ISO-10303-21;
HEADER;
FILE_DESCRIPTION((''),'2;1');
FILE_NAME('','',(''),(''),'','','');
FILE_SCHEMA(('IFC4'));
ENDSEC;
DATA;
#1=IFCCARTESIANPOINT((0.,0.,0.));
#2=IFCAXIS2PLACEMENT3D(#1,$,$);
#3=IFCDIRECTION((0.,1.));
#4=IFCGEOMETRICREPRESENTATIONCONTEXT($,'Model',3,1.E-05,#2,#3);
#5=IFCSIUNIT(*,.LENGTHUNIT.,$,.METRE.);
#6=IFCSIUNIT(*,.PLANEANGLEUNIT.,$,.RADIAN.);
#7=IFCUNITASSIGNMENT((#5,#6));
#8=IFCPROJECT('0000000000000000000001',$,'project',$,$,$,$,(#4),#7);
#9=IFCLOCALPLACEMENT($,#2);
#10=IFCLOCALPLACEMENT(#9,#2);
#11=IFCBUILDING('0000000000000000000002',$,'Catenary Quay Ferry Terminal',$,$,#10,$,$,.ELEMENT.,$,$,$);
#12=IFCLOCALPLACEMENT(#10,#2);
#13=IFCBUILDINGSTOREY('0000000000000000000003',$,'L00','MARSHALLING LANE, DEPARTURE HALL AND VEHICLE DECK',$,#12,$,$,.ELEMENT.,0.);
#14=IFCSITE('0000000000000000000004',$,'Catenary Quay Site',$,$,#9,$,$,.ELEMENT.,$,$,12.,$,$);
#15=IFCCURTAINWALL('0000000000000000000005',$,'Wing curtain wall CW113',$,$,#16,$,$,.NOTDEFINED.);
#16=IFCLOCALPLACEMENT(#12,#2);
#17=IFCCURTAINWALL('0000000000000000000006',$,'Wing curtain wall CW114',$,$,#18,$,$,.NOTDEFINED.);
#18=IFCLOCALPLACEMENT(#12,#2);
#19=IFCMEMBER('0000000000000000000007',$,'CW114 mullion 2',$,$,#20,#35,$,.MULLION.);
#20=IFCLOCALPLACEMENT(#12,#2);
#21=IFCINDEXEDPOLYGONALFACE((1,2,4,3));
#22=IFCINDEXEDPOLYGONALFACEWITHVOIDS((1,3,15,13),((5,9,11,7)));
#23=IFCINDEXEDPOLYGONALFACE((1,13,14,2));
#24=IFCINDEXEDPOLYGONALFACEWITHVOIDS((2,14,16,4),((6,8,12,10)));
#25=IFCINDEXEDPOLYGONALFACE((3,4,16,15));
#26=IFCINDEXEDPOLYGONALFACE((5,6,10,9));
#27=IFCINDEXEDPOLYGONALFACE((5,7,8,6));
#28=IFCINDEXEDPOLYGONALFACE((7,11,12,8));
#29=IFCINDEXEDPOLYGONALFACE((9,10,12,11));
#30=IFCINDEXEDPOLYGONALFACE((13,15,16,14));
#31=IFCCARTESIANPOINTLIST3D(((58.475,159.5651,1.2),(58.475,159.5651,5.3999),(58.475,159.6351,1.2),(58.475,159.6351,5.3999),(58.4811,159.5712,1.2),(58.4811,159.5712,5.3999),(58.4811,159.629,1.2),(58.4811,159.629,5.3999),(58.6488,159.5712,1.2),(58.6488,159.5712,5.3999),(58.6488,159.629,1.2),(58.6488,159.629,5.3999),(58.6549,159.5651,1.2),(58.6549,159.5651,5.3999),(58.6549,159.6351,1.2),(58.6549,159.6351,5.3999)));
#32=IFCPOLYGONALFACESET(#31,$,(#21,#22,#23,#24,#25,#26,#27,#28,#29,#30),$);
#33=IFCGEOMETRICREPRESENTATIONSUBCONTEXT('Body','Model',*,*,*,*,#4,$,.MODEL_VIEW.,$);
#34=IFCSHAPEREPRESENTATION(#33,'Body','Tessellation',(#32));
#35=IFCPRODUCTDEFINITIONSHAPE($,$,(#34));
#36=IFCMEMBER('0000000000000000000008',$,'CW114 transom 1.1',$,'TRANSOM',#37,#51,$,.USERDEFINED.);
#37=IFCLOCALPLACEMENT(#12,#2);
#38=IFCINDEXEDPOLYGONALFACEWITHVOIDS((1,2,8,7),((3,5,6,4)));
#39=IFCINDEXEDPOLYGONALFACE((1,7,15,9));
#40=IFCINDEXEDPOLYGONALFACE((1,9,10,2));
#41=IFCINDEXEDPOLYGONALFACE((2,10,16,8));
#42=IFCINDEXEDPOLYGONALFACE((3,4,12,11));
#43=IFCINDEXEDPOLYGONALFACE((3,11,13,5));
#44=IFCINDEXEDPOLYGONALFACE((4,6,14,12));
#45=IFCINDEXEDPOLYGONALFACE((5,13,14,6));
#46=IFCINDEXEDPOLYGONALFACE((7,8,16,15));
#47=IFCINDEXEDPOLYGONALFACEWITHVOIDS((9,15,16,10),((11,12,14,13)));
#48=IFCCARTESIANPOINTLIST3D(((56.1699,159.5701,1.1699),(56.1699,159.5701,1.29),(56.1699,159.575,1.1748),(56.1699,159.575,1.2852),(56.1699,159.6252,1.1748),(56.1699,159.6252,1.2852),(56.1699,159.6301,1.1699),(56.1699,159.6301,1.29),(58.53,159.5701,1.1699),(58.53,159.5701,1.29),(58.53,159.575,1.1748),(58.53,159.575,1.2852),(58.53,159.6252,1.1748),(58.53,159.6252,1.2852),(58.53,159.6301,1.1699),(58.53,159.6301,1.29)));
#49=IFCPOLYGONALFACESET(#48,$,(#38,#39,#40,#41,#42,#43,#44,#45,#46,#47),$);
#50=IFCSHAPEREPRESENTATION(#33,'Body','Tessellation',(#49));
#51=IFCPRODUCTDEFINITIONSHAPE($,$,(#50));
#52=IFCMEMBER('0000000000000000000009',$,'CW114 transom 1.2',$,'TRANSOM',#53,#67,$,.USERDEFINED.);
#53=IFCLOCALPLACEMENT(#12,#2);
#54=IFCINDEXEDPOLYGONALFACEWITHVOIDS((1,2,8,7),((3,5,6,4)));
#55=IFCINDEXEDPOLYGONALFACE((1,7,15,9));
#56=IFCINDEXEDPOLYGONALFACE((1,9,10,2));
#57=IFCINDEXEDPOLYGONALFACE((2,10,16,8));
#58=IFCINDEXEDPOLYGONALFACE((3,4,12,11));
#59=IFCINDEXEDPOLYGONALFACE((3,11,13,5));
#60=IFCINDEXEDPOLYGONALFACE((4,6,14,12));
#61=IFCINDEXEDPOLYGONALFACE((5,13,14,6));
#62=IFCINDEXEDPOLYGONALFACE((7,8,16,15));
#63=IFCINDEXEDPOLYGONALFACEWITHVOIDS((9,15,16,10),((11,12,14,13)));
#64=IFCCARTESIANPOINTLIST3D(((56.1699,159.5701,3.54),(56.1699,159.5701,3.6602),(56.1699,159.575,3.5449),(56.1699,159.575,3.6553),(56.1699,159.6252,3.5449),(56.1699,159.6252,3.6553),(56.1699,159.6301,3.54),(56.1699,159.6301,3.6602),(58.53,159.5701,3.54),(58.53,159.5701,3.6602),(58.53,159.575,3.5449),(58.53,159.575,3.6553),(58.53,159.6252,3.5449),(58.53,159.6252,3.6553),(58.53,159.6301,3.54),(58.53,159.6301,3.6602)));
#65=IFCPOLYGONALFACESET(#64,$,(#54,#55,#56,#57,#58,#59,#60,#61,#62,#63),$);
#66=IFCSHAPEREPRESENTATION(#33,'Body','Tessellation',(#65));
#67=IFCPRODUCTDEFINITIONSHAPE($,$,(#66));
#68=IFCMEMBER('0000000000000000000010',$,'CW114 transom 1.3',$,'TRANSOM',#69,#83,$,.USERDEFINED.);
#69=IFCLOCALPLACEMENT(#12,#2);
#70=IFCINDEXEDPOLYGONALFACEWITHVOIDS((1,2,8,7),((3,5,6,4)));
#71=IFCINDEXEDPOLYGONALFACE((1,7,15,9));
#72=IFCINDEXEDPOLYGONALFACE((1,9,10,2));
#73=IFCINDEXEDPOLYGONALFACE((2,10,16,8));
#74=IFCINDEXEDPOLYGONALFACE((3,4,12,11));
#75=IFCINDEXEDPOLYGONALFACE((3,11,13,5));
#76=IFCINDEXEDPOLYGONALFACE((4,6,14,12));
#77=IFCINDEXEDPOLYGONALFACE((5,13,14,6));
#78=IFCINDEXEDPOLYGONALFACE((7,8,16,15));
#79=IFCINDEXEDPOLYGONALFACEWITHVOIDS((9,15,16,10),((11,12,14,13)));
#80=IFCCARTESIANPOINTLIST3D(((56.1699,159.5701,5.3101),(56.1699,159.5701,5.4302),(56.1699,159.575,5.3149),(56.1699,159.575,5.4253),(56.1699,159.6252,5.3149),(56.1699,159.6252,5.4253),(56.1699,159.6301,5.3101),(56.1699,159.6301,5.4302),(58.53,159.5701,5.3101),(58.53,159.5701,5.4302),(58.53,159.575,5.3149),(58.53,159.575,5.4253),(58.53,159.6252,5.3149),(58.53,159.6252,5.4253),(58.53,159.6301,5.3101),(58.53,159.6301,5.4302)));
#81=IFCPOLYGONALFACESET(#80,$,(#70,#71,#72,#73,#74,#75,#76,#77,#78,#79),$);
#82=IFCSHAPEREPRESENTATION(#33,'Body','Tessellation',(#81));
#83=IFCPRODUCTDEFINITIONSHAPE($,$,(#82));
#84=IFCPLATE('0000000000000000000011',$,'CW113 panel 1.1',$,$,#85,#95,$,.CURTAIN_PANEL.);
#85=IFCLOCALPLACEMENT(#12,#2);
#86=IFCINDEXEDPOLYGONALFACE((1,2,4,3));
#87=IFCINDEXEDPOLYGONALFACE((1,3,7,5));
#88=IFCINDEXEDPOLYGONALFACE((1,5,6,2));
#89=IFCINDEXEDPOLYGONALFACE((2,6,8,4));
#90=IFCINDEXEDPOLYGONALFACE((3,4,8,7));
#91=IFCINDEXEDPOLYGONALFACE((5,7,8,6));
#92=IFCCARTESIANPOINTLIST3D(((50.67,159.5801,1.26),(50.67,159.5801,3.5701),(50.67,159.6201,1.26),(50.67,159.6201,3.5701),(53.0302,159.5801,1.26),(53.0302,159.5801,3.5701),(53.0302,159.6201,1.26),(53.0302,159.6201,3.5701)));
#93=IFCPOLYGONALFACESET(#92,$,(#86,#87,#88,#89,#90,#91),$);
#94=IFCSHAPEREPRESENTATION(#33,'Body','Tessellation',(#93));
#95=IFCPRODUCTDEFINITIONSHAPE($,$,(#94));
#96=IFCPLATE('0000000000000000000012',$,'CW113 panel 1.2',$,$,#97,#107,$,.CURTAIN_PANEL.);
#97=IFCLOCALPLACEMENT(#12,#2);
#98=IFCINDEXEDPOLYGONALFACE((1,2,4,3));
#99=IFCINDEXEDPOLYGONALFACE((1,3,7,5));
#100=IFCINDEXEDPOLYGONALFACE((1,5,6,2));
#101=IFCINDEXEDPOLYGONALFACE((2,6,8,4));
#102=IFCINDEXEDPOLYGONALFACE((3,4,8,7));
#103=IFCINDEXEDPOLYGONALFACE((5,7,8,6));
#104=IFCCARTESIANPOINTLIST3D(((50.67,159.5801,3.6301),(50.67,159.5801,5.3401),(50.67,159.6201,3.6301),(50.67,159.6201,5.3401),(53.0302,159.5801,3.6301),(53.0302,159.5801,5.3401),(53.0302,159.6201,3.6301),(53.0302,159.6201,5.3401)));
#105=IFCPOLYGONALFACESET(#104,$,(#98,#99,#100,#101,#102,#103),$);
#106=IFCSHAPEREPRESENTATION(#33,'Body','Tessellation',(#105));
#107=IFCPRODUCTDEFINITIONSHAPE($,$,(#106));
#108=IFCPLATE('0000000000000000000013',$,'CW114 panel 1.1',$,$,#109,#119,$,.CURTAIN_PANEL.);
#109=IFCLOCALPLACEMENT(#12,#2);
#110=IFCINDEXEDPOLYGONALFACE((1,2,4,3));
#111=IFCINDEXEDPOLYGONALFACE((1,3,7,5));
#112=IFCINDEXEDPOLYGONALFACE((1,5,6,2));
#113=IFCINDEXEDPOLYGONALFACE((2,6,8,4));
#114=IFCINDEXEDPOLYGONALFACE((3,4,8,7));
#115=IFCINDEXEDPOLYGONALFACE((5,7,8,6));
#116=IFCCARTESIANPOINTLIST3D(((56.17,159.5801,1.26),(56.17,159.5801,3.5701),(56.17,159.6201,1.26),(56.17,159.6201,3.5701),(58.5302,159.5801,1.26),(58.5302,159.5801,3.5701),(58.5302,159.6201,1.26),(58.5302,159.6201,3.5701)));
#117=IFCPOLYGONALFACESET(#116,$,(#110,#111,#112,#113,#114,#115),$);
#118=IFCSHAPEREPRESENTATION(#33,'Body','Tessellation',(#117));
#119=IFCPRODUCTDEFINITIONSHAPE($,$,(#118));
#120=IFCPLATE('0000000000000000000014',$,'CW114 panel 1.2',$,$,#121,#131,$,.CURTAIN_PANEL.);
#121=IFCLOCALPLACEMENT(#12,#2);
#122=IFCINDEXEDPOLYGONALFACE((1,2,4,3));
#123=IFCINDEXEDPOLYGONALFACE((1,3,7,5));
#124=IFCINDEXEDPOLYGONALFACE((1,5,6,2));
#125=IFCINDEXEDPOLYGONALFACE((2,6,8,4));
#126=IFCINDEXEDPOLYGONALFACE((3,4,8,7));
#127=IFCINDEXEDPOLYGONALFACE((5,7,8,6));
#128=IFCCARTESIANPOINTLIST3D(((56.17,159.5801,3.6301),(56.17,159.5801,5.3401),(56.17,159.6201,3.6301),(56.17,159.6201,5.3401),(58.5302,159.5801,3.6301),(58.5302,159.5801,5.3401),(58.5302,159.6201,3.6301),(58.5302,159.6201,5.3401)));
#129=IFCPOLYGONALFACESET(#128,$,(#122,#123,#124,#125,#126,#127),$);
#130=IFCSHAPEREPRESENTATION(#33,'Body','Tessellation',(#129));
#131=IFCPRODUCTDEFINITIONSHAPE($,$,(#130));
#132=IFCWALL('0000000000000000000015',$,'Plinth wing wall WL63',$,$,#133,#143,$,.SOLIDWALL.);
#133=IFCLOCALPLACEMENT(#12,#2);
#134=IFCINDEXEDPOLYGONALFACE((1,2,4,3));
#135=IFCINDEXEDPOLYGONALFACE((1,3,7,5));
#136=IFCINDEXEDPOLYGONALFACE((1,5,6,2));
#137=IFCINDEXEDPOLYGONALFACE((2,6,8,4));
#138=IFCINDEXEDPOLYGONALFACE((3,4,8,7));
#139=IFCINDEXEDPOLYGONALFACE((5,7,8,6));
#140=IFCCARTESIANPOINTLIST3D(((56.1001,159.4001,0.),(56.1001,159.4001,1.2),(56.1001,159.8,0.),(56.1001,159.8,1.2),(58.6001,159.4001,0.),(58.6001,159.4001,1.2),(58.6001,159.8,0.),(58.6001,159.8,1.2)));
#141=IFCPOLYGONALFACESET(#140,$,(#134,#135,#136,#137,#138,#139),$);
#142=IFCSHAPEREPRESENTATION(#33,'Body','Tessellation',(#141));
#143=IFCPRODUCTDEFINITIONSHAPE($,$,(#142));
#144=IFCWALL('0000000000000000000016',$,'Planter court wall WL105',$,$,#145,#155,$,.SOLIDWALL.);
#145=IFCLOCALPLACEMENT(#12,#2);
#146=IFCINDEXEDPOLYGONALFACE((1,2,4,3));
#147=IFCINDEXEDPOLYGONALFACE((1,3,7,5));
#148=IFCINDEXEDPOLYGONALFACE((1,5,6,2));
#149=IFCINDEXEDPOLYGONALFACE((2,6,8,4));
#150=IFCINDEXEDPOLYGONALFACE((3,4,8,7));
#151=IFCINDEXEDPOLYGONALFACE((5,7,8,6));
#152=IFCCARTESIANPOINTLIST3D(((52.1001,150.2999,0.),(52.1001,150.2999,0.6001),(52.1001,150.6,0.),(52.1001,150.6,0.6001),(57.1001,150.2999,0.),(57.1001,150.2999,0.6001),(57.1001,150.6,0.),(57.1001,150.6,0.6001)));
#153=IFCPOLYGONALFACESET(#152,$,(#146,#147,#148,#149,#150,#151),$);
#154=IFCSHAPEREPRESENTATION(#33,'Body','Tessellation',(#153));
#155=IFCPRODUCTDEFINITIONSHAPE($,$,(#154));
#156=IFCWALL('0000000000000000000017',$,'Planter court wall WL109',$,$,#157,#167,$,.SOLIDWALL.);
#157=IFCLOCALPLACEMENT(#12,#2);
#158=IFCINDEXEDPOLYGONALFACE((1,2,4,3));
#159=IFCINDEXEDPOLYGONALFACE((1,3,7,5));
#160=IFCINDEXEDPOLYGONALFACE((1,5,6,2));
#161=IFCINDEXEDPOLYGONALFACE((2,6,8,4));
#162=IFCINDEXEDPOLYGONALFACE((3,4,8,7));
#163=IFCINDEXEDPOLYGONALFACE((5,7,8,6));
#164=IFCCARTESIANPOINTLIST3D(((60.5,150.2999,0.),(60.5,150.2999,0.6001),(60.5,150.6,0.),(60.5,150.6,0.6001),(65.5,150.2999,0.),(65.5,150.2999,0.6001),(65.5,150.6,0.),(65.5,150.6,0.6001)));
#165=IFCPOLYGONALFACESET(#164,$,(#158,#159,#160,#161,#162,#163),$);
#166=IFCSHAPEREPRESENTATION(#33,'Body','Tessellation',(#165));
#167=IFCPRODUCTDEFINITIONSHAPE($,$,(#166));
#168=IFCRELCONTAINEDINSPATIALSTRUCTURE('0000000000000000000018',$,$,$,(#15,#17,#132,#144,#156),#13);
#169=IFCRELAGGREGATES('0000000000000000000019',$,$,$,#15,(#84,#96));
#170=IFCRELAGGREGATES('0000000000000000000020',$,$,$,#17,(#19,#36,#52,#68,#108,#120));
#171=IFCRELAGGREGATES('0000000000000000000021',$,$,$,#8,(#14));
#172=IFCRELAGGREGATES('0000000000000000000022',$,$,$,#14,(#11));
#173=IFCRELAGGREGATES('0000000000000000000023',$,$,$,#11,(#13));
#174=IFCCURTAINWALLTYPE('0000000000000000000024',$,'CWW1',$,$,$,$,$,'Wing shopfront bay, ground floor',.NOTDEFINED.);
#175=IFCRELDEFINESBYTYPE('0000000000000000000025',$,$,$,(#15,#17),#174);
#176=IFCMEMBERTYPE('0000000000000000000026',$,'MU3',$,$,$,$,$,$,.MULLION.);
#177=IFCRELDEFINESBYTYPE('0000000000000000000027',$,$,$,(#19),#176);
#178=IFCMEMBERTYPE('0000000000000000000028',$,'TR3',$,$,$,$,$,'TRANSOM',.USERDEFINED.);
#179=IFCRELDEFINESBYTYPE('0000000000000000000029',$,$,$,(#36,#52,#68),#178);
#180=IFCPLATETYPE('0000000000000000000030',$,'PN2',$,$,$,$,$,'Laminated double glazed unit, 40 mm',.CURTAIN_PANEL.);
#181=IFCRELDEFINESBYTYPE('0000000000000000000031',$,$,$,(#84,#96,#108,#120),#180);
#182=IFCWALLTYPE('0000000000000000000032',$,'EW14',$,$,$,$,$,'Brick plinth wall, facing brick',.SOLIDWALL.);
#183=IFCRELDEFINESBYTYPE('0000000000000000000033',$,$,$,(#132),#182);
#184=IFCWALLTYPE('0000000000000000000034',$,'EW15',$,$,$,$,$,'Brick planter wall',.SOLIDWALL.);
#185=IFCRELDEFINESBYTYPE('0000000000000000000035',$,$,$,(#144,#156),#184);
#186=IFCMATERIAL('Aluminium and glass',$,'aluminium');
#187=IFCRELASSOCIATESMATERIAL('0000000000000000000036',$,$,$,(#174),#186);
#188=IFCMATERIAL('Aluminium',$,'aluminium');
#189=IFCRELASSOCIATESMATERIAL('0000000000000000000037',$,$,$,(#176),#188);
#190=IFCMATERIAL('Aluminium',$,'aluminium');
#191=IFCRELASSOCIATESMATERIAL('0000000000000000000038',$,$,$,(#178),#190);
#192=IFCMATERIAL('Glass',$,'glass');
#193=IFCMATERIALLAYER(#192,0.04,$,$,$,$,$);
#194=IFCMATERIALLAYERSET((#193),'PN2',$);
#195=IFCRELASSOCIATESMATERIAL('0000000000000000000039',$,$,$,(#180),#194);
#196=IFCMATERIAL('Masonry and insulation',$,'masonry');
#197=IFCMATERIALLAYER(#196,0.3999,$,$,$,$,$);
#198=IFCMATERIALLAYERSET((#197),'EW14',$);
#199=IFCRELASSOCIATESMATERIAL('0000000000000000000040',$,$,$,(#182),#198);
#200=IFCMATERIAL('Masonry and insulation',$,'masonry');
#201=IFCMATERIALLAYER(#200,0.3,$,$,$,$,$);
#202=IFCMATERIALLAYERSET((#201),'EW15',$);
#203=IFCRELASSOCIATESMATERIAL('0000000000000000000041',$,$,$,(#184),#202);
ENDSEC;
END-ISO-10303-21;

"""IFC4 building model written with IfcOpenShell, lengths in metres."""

from ifc_helpers import new_model, si_unit, direction, frame, frame_2d, origin, origin_2d, place, context, subcontext, project, spatial, rectangle, hollow_rectangle, extrude, material, layer, layer_set, material_profile, profile_set, type_object, element, aggregate, save


model = new_model("IFC4")

# Units and contexts
model_context = context("Model", 3, precision=1e-05, world=origin(), true_north=direction((0.0, 1.0)))
body_context = subcontext(model_context, "Body", "Model", "MODEL_VIEW")
ifc_project = project(units=[si_unit("LENGTHUNIT", "METRE"), si_unit("PLANEANGLEUNIT", "RADIAN")], contexts=[model_context])

# Site, building, storey
site_placement = place(None, origin())
site = spatial("IfcSite", under=ifc_project, at=site_placement, Name="Catenary Quay Site", CompositionType="ELEMENT", RefElevation=12.0)
building_placement = place(site_placement, origin())
building = spatial("IfcBuilding", under=site, at=building_placement, Name="Catenary Quay Ferry Terminal", CompositionType="ELEMENT")
storey_placement = place(building_placement, origin())
storey = spatial("IfcBuildingStorey", under=building, at=storey_placement, Name="L00", Description="MARSHALLING LANE, DEPARTURE HALL AND VEHICLE DECK", CompositionType="ELEMENT", Elevation=0.0)

# Curtain wall
ifc_material_1 = material(Name="Aluminium and glass", Category="aluminium")
curtain_wall_type = type_object("IfcCurtainWallType", Name="CWW1", ElementType="Wing shopfront bay, ground floor", PredefinedType="NOTDEFINED", material=ifc_material_1)
curtain_wall_1_placement = place(storey_placement, origin())
curtain_wall_1 = element("IfcCurtainWall", 1, at=curtain_wall_1_placement, inside=storey, type_object=curtain_wall_type, Name="Wing curtain wall CW113", PredefinedType="NOTDEFINED")
ifc_material_2 = material(Name="Aluminium", Category="aluminium")
ifc_material_profile_1 = material_profile(ifc_material_2, hollow_rectangle(XDim=0.0701, YDim=0.1799, WallThickness=0.0061, at=origin_2d()), Name="MU3")
ifc_profile_set_1 = profile_set([ifc_material_profile_1], Name="Aluminium")
member_type_1 = type_object("IfcMemberType", Name="MU3", PredefinedType="MULLION", material=ifc_profile_set_1)

# Curtain wall, members
curtain_wall_2_placement = place(storey_placement, origin())
curtain_wall_2 = element("IfcCurtainWall", 2, at=curtain_wall_2_placement, inside=storey, type_object=curtain_wall_type, Name="Wing curtain wall CW114", PredefinedType="NOTDEFINED")
member_1_placement = place(storey_placement, frame((58.5649, 159.6001, 1.2), z_axis=(0.0, 0.0, 1.0), x_axis=(0.0, 1.0, 0.0)))
member_1 = element("IfcMember", 3, at=member_1_placement, type_object=member_type_1, Name="CW114 mullion 2", PredefinedType="MULLION", context=body_context, shape_type="SweptSolid", body=[
    extrude(hollow_rectangle(XDim=0.0701, YDim=0.1799, WallThickness=0.0061, at=origin_2d()), origin(), (0.0, 0.0, 1.0), 4.2),
])
ifc_material_3 = material(Name="Aluminium", Category="aluminium")
ifc_material_profile_2 = material_profile(ifc_material_3, hollow_rectangle(XDim=0.0601, YDim=0.1201, WallThickness=0.0049, at=origin_2d()), Name="TR3")
ifc_profile_set_2 = profile_set([ifc_material_profile_2], Name="Aluminium")
member_type_2 = type_object("IfcMemberType", Name="TR3", ElementType="TRANSOM", PredefinedType="USERDEFINED", material=ifc_profile_set_2)
member_2_placement = place(storey_placement, frame((56.1699, 159.6001, 1.23), z_axis=(1.0, 0.0, 0.0), x_axis=(0.0, 1.0, 0.0)))
member_2 = element("IfcMember", 4, at=member_2_placement, type_object=member_type_2, Name="CW114 transom 1.1", ObjectType="TRANSOM", PredefinedType="USERDEFINED", context=body_context, shape_type="SweptSolid", body=[
    extrude(hollow_rectangle(XDim=0.0601, YDim=0.1201, WallThickness=0.0049, at=origin_2d()), origin(), (0.0, 0.0, 1.0), 2.3601),
])
member_3_placement = place(storey_placement, frame((56.1699, 159.6001, 3.6001), z_axis=(1.0, 0.0, 0.0), x_axis=(0.0, 1.0, 0.0)))
member_3 = element("IfcMember", 5, at=member_3_placement, type_object=member_type_2, Name="CW114 transom 1.2", ObjectType="TRANSOM", PredefinedType="USERDEFINED", context=body_context, shape_type="SweptSolid", body=[
    extrude(hollow_rectangle(XDim=0.0601, YDim=0.1201, WallThickness=0.0049, at=origin_2d()), origin(), (0.0, 0.0, 1.0), 2.3601),
])
member_4_placement = place(storey_placement, frame((56.1699, 159.6001, 5.3701), z_axis=(1.0, 0.0, 0.0), x_axis=(0.0, 1.0, 0.0)))
member_4 = element("IfcMember", 6, at=member_4_placement, type_object=member_type_2, Name="CW114 transom 1.3", ObjectType="TRANSOM", PredefinedType="USERDEFINED", context=body_context, shape_type="SweptSolid", body=[
    extrude(hollow_rectangle(XDim=0.0601, YDim=0.1201, WallThickness=0.0049, at=origin_2d()), origin(), (0.0, 0.0, 1.0), 2.3601),
])

# Plates
ifc_material_4 = material(Name="Glass", Category="glass")
ifc_layer_1 = layer(ifc_material_4, 0.04)
ifc_layer_set_1 = layer_set([ifc_layer_1], Name="PN2")
plate_type = type_object("IfcPlateType", Name="PN2", ElementType="Laminated double glazed unit, 40 mm", PredefinedType="CURTAIN_PANEL", material=ifc_layer_set_1)
plate_1_placement = place(storey_placement, frame((51.8501, 159.6001, 1.26), z_axis=(0.0, 0.0, 1.0), x_axis=(1.0, 0.0, 0.0)))
plate_1 = element("IfcPlate", 7, at=plate_1_placement, type_object=plate_type, Name="CW113 panel 1.1", PredefinedType="CURTAIN_PANEL", context=body_context, shape_type="SweptSolid", body=[
    extrude(rectangle(XDim=2.3601, YDim=0.04, at=origin_2d()), origin(), (0.0, 0.0, 1.0), 2.3101),
])
plate_2_placement = place(storey_placement, frame((51.8501, 159.6001, 3.6301), z_axis=(0.0, 0.0, 1.0), x_axis=(1.0, 0.0, 0.0)))
plate_2 = element("IfcPlate", 8, at=plate_2_placement, type_object=plate_type, Name="CW113 panel 1.2", PredefinedType="CURTAIN_PANEL", context=body_context, shape_type="SweptSolid", body=[
    extrude(rectangle(XDim=2.3601, YDim=0.04, at=origin_2d()), origin(), (0.0, 0.0, 1.0), 1.71),
])
aggregate(curtain_wall_1, [plate_1, plate_2])
plate_3_placement = place(storey_placement, frame((57.3501, 159.6001, 1.26), z_axis=(0.0, 0.0, 1.0), x_axis=(1.0, 0.0, 0.0)))
plate_3 = element("IfcPlate", 9, at=plate_3_placement, type_object=plate_type, Name="CW114 panel 1.1", PredefinedType="CURTAIN_PANEL", context=body_context, shape_type="SweptSolid", body=[
    extrude(rectangle(XDim=2.3601, YDim=0.04, at=origin_2d()), origin(), (0.0, 0.0, 1.0), 2.3101),
])
plate_4_placement = place(storey_placement, frame((57.3501, 159.6001, 3.6301), z_axis=(0.0, 0.0, 1.0), x_axis=(1.0, 0.0, 0.0)))
plate_4 = element("IfcPlate", 10, at=plate_4_placement, type_object=plate_type, Name="CW114 panel 1.2", PredefinedType="CURTAIN_PANEL", context=body_context, shape_type="SweptSolid", body=[
    extrude(rectangle(XDim=2.3601, YDim=0.04, at=origin_2d()), origin(), (0.0, 0.0, 1.0), 1.71),
])
aggregate(curtain_wall_2, [member_1, member_2, member_3, member_4, plate_3, plate_4])

# Walls
ifc_material_5 = material(Name="Masonry and insulation", Category="masonry")
ifc_layer_2 = layer(ifc_material_5, 0.3999)
ifc_layer_set_2 = layer_set([ifc_layer_2], Name="EW14")
wall_type_1 = type_object("IfcWallType", Name="EW14", ElementType="Brick plinth wall, facing brick", PredefinedType="SOLIDWALL", material=ifc_layer_set_2)
wall_1_placement = place(storey_placement, frame((56.1001, 159.6001, 0.0), z_axis=(0.0, 0.0, 1.0), x_axis=(1.0, 0.0, 0.0)))
element("IfcWall", 11, at=wall_1_placement, inside=storey, type_object=wall_type_1, Name="Plinth wing wall WL63", PredefinedType="SOLIDWALL", context=body_context, shape_type="SweptSolid", body=[
    extrude(rectangle(XDim=2.5, YDim=0.3999, at=frame_2d((1.25, 0.0))), origin(), (0.0, 0.0, 1.0), 1.2),
])
ifc_material_6 = material(Name="Masonry and insulation", Category="masonry")
ifc_layer_3 = layer(ifc_material_6, 0.3)
ifc_layer_set_3 = layer_set([ifc_layer_3], Name="EW15")
wall_type_2 = type_object("IfcWallType", Name="EW15", ElementType="Brick planter wall", PredefinedType="SOLIDWALL", material=ifc_layer_set_3)
for number, where, z_axis, x_axis, name in (
    (12, (52.1001, 150.45, 0.0), (0.0, 0.0, 1.0), (1.0, 0.0, 0.0), "Planter court wall WL105"),
    (13, (60.5, 150.45, 0.0), (0.0, 0.0, 1.0), (1.0, 0.0, 0.0), "Planter court wall WL109"),
):
    element("IfcWall", number, at=place(storey_placement, frame(where, z_axis=z_axis, x_axis=x_axis)), inside=storey, type_object=wall_type_2, Name=name, PredefinedType="SOLIDWALL", context=body_context, shape_type="SweptSolid", body=[
        extrude(rectangle(XDim=5.0, YDim=0.3, at=frame_2d((2.5, 0.0))), origin(), (0.0, 0.0, 1.0), 0.6001),
    ])

save(model, "model.ifc")
